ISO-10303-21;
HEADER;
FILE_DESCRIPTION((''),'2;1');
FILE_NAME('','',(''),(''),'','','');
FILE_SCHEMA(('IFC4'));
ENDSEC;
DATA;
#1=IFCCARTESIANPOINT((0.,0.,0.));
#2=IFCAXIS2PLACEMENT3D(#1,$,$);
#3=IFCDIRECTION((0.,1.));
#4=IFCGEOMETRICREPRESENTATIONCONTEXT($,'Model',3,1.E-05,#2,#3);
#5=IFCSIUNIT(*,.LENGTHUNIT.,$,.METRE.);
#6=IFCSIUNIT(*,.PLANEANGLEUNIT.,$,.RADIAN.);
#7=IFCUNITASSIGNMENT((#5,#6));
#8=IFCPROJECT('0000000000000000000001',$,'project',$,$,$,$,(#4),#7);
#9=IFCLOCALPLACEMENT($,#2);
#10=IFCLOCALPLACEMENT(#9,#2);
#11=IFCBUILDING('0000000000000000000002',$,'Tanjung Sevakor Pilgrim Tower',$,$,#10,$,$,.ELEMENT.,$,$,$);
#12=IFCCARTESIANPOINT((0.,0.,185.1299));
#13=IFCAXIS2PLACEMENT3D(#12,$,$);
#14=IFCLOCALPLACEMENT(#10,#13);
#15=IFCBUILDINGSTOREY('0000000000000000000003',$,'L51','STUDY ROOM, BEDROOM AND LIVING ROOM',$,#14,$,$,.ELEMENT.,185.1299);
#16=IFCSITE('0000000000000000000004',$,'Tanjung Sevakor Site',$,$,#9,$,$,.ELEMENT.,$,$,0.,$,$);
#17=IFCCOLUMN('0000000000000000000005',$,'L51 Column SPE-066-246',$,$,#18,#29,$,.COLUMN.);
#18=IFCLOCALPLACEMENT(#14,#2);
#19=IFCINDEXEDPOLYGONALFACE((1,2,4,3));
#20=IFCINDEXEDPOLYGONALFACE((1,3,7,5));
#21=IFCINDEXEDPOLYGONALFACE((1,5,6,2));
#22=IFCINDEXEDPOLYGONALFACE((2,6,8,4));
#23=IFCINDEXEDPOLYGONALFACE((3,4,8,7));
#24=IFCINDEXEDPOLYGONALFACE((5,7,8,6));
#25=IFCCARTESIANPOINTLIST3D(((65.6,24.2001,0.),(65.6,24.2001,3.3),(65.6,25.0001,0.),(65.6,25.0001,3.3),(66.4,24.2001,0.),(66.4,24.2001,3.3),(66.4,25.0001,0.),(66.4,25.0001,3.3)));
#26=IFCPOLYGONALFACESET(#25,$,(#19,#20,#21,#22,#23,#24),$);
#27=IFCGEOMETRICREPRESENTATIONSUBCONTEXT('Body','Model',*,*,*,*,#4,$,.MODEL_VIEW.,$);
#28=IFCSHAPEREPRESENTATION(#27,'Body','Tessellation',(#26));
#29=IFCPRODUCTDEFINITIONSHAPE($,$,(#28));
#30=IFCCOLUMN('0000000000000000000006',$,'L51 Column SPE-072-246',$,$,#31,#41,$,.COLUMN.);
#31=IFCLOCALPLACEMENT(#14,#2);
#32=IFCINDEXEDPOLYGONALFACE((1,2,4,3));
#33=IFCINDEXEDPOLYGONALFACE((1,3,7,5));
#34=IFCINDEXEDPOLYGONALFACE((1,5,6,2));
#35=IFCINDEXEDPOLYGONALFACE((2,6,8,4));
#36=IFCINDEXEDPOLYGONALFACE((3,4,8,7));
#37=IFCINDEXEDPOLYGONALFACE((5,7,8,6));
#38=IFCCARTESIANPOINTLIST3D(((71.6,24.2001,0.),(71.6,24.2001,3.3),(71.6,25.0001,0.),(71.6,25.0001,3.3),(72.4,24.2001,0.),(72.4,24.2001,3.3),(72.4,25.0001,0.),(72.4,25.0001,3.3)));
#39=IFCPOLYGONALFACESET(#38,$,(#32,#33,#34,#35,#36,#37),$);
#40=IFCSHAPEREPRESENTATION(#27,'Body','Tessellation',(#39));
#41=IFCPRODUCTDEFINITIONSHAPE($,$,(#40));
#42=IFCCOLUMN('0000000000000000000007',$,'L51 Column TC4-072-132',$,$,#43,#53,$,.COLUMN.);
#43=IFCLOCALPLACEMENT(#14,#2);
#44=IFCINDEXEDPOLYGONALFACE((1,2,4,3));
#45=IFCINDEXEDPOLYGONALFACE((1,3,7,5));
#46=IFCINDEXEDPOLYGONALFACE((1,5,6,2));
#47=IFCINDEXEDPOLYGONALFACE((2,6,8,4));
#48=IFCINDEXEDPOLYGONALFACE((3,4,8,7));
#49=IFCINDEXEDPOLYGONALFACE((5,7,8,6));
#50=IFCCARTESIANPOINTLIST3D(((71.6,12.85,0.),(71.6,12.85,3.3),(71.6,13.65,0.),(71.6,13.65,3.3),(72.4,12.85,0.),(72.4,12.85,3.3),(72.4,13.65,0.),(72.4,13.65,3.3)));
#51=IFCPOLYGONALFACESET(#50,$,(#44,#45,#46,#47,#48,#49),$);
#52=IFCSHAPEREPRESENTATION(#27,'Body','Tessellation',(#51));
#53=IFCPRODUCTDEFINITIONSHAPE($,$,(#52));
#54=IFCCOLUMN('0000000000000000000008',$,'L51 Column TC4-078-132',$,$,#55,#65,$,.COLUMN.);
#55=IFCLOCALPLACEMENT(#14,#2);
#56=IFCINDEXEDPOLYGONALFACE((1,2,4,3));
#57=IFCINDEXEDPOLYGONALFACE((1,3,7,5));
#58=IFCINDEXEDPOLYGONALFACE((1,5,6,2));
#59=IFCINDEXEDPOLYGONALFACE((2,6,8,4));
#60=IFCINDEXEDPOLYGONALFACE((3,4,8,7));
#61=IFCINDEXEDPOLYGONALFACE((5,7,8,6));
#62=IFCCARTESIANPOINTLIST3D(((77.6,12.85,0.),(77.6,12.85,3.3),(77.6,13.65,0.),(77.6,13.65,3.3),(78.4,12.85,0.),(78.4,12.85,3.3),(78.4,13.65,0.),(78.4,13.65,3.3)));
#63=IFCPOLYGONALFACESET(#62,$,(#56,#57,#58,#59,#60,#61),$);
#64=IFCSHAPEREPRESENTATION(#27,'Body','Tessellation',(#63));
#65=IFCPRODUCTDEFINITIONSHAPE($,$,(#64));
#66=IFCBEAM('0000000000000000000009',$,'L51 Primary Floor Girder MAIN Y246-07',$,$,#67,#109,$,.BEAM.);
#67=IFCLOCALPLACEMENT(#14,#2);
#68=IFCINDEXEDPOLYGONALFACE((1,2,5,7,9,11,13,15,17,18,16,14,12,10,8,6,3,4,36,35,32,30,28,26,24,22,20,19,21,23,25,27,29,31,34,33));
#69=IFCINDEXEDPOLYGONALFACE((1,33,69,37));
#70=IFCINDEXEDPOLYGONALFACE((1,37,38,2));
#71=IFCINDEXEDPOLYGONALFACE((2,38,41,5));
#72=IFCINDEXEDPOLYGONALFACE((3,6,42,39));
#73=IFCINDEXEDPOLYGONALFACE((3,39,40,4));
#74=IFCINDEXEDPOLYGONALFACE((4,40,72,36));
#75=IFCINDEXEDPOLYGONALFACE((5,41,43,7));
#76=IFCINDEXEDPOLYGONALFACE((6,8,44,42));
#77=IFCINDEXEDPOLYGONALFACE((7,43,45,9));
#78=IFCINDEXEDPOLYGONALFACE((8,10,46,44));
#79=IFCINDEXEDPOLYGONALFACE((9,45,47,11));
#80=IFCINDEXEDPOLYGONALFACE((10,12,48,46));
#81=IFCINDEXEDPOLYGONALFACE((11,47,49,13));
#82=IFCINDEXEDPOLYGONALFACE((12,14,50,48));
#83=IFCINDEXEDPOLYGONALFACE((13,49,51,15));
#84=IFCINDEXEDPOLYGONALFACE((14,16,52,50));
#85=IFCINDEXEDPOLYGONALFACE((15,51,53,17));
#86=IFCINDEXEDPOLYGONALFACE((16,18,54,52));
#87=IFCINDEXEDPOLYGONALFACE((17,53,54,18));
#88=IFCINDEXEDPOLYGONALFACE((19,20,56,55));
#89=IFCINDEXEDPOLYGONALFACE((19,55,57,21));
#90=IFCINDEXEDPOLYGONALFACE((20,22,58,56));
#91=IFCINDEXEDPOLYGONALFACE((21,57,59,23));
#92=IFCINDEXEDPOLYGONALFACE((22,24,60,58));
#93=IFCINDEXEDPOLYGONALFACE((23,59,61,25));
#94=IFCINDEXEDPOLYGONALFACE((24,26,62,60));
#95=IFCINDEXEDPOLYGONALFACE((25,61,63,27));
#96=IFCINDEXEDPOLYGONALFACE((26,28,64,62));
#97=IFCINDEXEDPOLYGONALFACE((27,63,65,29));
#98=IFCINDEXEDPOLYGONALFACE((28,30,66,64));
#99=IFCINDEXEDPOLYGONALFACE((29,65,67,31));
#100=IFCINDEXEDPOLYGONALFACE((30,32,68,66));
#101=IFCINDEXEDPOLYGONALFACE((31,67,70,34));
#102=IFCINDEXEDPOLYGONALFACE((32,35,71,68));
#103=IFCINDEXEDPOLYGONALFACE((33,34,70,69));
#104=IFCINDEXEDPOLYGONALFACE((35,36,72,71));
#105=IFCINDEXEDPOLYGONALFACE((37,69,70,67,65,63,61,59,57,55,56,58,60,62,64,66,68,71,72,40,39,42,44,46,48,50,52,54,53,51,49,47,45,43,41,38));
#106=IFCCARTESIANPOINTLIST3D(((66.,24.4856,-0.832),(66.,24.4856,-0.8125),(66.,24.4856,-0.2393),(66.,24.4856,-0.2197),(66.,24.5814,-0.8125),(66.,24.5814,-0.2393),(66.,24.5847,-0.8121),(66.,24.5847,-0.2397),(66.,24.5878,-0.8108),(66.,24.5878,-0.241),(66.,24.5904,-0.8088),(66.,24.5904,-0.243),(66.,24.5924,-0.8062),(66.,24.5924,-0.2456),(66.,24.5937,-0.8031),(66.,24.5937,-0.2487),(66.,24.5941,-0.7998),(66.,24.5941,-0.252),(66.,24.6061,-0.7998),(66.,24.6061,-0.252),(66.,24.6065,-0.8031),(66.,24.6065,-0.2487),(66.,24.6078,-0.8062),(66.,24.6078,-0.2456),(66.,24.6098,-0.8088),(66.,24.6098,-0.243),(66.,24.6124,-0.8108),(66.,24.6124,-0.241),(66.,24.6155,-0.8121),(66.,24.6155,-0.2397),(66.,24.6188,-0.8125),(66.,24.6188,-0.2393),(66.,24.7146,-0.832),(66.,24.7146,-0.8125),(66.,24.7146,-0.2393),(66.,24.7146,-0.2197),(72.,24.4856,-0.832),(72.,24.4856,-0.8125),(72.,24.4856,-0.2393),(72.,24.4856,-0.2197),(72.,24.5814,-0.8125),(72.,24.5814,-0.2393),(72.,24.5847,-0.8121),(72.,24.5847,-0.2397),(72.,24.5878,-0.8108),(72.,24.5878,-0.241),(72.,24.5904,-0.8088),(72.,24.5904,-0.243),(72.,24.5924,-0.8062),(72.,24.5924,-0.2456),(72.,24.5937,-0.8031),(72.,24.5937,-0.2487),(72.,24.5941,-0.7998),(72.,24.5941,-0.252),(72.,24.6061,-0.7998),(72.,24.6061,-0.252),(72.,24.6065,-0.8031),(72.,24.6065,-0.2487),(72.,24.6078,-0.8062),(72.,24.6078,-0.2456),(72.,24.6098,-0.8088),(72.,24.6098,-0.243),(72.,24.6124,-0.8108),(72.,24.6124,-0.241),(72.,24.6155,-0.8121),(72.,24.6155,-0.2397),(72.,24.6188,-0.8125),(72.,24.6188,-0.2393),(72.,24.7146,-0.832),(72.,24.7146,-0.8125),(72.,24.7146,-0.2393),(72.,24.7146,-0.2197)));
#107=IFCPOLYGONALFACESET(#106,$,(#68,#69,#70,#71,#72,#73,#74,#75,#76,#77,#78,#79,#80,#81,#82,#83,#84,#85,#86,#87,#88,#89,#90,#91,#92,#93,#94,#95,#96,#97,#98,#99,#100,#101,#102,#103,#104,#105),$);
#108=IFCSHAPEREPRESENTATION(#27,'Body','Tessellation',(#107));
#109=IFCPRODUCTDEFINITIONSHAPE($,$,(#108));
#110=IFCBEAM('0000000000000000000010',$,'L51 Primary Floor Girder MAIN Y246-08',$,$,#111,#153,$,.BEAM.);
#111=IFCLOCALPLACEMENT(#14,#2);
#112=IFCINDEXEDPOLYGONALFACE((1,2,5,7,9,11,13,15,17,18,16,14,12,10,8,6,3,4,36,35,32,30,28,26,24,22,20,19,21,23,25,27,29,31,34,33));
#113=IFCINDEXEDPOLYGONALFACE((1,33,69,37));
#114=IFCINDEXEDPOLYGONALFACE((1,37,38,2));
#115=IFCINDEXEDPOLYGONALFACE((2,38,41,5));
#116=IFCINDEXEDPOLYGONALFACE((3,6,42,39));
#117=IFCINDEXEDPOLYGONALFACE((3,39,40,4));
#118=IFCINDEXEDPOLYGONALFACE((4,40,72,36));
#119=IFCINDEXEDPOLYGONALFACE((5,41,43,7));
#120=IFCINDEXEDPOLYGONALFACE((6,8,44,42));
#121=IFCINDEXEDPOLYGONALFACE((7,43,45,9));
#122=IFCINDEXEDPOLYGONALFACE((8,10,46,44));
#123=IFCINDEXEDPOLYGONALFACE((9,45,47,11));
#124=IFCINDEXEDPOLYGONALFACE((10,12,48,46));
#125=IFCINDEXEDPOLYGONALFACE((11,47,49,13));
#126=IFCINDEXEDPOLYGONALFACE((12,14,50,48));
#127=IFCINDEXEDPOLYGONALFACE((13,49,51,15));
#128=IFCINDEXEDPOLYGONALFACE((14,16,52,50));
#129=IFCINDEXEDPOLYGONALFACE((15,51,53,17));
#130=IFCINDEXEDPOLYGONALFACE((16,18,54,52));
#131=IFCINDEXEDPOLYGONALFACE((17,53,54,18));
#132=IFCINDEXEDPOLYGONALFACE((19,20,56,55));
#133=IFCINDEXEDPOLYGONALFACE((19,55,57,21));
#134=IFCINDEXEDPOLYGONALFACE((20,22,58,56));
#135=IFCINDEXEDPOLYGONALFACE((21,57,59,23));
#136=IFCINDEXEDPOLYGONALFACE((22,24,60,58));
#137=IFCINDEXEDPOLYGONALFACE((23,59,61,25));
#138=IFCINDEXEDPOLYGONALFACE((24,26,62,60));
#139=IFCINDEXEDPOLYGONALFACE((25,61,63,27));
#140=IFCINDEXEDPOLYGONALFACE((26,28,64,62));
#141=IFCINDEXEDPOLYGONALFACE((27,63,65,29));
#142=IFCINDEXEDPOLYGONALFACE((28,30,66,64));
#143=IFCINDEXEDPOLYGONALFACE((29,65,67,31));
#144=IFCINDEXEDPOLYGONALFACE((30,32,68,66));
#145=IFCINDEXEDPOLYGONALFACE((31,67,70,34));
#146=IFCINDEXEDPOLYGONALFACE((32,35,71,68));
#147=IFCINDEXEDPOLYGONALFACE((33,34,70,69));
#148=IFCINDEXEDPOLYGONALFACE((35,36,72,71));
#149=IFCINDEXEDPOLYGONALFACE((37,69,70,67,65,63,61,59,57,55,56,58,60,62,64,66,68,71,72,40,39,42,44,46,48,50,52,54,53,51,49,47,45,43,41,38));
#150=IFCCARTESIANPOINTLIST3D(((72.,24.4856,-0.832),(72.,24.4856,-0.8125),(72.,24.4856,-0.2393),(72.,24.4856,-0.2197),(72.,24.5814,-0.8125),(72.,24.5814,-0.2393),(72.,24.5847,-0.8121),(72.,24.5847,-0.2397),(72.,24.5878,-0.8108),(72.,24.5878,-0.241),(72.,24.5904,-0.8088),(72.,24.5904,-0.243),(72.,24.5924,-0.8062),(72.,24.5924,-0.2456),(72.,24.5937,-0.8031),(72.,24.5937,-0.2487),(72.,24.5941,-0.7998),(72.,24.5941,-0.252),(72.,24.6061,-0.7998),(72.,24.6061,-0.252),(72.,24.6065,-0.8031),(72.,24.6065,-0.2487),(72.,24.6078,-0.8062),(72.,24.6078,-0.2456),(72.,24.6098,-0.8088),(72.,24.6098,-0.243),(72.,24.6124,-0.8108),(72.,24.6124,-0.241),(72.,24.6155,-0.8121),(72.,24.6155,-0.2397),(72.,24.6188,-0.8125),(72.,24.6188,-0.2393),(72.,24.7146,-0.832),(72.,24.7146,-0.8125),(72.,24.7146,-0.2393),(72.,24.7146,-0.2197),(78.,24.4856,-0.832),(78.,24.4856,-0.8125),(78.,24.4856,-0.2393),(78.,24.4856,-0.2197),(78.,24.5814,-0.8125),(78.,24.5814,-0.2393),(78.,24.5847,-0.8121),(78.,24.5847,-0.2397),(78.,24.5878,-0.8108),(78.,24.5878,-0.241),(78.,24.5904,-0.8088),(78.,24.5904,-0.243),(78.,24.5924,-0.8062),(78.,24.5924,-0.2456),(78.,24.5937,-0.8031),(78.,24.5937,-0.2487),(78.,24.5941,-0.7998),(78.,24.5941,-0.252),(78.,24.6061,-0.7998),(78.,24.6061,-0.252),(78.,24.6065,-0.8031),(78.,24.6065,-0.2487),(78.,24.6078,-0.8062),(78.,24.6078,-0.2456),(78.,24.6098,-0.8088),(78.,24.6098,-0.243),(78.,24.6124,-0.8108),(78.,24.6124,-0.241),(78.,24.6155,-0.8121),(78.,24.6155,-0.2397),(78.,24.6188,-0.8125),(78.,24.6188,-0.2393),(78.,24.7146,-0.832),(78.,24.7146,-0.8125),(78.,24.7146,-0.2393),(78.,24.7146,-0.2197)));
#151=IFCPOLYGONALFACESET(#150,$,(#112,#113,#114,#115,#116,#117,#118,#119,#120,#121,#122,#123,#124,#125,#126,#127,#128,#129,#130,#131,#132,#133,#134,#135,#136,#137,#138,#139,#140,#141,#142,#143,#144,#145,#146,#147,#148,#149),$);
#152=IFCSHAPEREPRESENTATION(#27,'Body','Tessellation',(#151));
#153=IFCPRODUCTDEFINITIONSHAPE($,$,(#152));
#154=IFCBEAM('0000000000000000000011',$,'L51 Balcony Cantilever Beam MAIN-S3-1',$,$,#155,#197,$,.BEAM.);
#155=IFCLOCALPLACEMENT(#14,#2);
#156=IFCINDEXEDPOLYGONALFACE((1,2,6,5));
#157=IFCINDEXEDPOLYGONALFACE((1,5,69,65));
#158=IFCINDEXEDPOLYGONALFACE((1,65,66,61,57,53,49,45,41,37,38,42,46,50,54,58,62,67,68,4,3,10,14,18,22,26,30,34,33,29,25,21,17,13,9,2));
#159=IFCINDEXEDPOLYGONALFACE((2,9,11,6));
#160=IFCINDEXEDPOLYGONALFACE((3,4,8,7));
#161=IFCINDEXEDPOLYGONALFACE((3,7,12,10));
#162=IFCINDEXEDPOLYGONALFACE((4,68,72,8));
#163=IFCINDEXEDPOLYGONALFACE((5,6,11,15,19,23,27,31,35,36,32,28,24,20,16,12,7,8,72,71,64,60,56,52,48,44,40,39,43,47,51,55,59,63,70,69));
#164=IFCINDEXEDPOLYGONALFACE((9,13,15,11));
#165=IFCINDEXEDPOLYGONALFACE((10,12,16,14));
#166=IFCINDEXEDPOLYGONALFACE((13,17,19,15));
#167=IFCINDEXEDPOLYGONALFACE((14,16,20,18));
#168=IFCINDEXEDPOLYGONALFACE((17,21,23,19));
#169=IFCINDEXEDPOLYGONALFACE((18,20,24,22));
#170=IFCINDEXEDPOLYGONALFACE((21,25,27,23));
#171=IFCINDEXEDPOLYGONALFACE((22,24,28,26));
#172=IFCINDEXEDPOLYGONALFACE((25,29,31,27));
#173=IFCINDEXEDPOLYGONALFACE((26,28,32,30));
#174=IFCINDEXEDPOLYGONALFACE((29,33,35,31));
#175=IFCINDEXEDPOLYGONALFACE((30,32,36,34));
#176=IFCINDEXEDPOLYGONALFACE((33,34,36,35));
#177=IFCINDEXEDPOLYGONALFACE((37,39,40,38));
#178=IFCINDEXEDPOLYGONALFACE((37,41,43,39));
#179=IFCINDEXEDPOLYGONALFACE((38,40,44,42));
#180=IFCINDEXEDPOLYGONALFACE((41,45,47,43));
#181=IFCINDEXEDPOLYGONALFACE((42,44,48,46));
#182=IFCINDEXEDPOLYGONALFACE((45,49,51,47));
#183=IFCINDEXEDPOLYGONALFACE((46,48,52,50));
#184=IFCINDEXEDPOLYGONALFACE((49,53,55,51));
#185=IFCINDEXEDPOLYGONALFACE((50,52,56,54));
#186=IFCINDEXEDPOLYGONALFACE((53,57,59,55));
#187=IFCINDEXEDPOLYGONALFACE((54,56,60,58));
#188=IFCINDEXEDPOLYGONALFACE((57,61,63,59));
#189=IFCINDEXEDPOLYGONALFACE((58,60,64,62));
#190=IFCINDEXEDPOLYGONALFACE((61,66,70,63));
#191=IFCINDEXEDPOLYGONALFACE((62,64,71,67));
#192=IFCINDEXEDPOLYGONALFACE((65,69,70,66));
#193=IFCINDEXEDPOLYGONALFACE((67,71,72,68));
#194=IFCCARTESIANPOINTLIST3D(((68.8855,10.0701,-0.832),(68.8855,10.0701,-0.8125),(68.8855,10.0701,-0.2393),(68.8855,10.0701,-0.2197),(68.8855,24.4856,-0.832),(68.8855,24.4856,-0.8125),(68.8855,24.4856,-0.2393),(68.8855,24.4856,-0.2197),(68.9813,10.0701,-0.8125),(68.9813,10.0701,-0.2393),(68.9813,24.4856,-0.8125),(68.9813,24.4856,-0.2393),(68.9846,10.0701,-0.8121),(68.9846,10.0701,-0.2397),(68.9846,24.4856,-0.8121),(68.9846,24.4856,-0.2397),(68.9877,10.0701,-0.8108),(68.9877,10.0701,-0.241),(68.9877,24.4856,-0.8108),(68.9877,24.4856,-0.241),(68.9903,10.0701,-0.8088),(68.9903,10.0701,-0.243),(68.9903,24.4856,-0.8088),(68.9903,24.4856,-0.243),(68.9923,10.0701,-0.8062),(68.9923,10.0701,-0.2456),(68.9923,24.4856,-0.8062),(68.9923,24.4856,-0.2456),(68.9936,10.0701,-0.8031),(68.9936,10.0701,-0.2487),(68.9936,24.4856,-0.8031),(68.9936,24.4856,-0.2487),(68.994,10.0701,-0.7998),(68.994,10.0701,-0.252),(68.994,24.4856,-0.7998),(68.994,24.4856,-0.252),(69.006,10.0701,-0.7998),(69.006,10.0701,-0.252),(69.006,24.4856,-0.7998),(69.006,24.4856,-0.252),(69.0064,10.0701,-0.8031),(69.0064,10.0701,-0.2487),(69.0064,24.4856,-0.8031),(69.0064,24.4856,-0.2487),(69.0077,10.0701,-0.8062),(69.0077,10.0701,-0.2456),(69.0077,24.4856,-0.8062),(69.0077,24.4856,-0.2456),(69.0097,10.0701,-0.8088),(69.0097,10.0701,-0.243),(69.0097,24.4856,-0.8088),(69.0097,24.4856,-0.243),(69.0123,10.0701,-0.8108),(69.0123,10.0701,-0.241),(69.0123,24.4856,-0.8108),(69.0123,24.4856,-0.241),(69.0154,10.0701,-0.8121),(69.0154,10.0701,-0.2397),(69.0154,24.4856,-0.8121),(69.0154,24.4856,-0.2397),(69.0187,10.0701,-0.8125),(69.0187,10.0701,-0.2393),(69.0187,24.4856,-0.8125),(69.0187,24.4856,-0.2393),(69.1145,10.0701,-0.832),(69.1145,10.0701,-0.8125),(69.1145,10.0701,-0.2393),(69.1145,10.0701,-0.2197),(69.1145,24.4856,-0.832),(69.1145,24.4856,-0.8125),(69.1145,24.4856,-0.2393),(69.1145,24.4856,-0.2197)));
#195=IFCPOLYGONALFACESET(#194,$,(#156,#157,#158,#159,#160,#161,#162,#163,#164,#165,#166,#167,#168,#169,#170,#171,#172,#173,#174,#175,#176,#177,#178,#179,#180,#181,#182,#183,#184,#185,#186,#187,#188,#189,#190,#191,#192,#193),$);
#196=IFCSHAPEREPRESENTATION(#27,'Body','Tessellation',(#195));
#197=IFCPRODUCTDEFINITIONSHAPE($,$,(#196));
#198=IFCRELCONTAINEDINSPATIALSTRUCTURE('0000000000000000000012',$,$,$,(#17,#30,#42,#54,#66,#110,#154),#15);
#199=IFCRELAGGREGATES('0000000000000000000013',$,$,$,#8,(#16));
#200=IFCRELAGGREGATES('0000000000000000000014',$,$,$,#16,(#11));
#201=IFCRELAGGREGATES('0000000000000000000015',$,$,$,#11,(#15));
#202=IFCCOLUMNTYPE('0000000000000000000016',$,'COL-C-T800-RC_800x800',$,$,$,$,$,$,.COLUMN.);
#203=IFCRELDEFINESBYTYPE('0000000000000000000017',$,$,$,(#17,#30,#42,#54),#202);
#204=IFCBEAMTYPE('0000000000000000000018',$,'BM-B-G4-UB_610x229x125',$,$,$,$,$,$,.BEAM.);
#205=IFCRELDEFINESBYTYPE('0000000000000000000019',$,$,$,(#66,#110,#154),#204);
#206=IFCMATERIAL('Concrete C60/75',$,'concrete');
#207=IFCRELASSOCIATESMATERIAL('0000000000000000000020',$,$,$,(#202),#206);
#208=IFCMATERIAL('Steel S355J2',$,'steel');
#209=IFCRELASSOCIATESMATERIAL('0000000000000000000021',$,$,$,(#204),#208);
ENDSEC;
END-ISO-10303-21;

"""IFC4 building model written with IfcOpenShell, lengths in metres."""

from ifc_helpers import new_model, si_unit, direction, frame, origin, origin_2d, place, context, subcontext, project, spatial, rectangle, i_section, extrude, material, material_profile, profile_set, type_object, element, save


model = new_model("IFC4")

# Units and contexts
model_context = context("Model", 3, precision=1e-05, world=origin(), true_north=direction((0.0, 1.0)))
body_context = subcontext(model_context, "Body", "Model", "MODEL_VIEW")
ifc_project = project(units=[si_unit("LENGTHUNIT", "METRE"), si_unit("PLANEANGLEUNIT", "RADIAN")], contexts=[model_context])

# Site, building, storey
site_placement = place(None, origin())
site = spatial("IfcSite", under=ifc_project, at=site_placement, Name="Tanjung Sevakor Site", CompositionType="ELEMENT", RefElevation=0.0)
building_placement = place(site_placement, origin())
building = spatial("IfcBuilding", under=site, at=building_placement, Name="Tanjung Sevakor Pilgrim Tower", CompositionType="ELEMENT")
storey_placement = place(building_placement, frame((0.0, 0.0, 185.1299)))
storey = spatial("IfcBuildingStorey", under=building, at=storey_placement, Name="L51", Description="STUDY ROOM, BEDROOM AND LIVING ROOM", CompositionType="ELEMENT", Elevation=185.1299)

# Columns
ifc_material_1 = material(Name="Concrete C60/75", Category="concrete")
ifc_material_profile_1 = material_profile(ifc_material_1, rectangle(XDim=0.8, YDim=0.8, at=origin_2d()))
ifc_profile_set_1 = profile_set([ifc_material_profile_1], Name="Concrete C60/75")
column_type = type_object("IfcColumnType", Name="COL-C-T800-RC_800x800", PredefinedType="COLUMN", material=ifc_profile_set_1)
for number, where, z_axis, x_axis, name in (
    (1, (66.0, 24.6001, 0.0), (0.0, 0.0, 1.0), (1.0, 0.0, 0.0), "L51 Column SPE-066-246"),
    (2, (72.0, 24.6001, 0.0), (0.0, 0.0, 1.0), (1.0, 0.0, 0.0), "L51 Column SPE-072-246"),
    (3, (72.0, 13.25, 0.0), (0.0, 0.0, 1.0), (1.0, 0.0, 0.0), "L51 Column TC4-072-132"),
    (4, (78.0, 13.25, 0.0), (0.0, 0.0, 1.0), (1.0, 0.0, 0.0), "L51 Column TC4-078-132"),
):
    element("IfcColumn", number, at=place(storey_placement, frame(where, z_axis=z_axis, x_axis=x_axis)), inside=storey, type_object=column_type, Name=name, PredefinedType="COLUMN", context=body_context, shape_type="SweptSolid", body=[
        extrude(rectangle(XDim=0.8, YDim=0.8, at=origin_2d()), origin(), (0.0, 0.0, 1.0), 3.3),
    ])

# Beams
ifc_material_2 = material(Name="Steel S355J2", Category="steel")
ifc_material_profile_2 = material_profile(ifc_material_2, i_section(OverallWidth=0.229, OverallDepth=0.6123, WebThickness=0.012, FlangeThickness=0.0195, FilletRadius=0.0127, at=origin_2d()))
ifc_profile_set_2 = profile_set([ifc_material_profile_2], Name="Steel S355J2")
beam_type_1 = type_object("IfcBeamType", Name="BM-B-G4-UB_610x229x125", PredefinedType="BEAM", material=ifc_profile_set_2)
for number, where, z_axis, x_axis, name in (
    (5, (66.0, 24.6001, -0.5259), (1.0, 0.0, 0.0), (0.0, 1.0, 0.0), "L51 Primary Floor Girder MAIN Y246-07"),
    (6, (72.0, 24.6001, -0.5259), (1.0, 0.0, 0.0), (0.0, 1.0, 0.0), "L51 Primary Floor Girder MAIN Y246-08"),
):
    element("IfcBeam", number, at=place(storey_placement, frame(where, z_axis=z_axis, x_axis=x_axis)), inside=storey, type_object=beam_type_1, Name=name, PredefinedType="BEAM", context=body_context, shape_type="SweptSolid", body=[
        extrude(i_section(OverallWidth=0.229, OverallDepth=0.6123, WebThickness=0.012, FlangeThickness=0.0195, FilletRadius=0.0127, at=origin_2d()), origin(), (0.0, 0.0, 1.0), 6.0),
    ])
beam_1_placement = place(storey_placement, frame((69.0, 24.4856, -0.5259), z_axis=(0.0, -1.0, 0.0), x_axis=(1.0, 0.0, 0.0)))
element("IfcBeam", 7, at=beam_1_placement, inside=storey, type_object=beam_type_1, Name="L51 Balcony Cantilever Beam MAIN-S3-1", PredefinedType="BEAM", context=body_context, shape_type="SweptSolid", body=[
    extrude(i_section(OverallWidth=0.229, OverallDepth=0.6123, WebThickness=0.012, FlangeThickness=0.0195, FilletRadius=0.0127, at=origin_2d()), origin(), (0.0, 0.0, 1.0), 14.4155),
])

save(model, "model.ifc")
